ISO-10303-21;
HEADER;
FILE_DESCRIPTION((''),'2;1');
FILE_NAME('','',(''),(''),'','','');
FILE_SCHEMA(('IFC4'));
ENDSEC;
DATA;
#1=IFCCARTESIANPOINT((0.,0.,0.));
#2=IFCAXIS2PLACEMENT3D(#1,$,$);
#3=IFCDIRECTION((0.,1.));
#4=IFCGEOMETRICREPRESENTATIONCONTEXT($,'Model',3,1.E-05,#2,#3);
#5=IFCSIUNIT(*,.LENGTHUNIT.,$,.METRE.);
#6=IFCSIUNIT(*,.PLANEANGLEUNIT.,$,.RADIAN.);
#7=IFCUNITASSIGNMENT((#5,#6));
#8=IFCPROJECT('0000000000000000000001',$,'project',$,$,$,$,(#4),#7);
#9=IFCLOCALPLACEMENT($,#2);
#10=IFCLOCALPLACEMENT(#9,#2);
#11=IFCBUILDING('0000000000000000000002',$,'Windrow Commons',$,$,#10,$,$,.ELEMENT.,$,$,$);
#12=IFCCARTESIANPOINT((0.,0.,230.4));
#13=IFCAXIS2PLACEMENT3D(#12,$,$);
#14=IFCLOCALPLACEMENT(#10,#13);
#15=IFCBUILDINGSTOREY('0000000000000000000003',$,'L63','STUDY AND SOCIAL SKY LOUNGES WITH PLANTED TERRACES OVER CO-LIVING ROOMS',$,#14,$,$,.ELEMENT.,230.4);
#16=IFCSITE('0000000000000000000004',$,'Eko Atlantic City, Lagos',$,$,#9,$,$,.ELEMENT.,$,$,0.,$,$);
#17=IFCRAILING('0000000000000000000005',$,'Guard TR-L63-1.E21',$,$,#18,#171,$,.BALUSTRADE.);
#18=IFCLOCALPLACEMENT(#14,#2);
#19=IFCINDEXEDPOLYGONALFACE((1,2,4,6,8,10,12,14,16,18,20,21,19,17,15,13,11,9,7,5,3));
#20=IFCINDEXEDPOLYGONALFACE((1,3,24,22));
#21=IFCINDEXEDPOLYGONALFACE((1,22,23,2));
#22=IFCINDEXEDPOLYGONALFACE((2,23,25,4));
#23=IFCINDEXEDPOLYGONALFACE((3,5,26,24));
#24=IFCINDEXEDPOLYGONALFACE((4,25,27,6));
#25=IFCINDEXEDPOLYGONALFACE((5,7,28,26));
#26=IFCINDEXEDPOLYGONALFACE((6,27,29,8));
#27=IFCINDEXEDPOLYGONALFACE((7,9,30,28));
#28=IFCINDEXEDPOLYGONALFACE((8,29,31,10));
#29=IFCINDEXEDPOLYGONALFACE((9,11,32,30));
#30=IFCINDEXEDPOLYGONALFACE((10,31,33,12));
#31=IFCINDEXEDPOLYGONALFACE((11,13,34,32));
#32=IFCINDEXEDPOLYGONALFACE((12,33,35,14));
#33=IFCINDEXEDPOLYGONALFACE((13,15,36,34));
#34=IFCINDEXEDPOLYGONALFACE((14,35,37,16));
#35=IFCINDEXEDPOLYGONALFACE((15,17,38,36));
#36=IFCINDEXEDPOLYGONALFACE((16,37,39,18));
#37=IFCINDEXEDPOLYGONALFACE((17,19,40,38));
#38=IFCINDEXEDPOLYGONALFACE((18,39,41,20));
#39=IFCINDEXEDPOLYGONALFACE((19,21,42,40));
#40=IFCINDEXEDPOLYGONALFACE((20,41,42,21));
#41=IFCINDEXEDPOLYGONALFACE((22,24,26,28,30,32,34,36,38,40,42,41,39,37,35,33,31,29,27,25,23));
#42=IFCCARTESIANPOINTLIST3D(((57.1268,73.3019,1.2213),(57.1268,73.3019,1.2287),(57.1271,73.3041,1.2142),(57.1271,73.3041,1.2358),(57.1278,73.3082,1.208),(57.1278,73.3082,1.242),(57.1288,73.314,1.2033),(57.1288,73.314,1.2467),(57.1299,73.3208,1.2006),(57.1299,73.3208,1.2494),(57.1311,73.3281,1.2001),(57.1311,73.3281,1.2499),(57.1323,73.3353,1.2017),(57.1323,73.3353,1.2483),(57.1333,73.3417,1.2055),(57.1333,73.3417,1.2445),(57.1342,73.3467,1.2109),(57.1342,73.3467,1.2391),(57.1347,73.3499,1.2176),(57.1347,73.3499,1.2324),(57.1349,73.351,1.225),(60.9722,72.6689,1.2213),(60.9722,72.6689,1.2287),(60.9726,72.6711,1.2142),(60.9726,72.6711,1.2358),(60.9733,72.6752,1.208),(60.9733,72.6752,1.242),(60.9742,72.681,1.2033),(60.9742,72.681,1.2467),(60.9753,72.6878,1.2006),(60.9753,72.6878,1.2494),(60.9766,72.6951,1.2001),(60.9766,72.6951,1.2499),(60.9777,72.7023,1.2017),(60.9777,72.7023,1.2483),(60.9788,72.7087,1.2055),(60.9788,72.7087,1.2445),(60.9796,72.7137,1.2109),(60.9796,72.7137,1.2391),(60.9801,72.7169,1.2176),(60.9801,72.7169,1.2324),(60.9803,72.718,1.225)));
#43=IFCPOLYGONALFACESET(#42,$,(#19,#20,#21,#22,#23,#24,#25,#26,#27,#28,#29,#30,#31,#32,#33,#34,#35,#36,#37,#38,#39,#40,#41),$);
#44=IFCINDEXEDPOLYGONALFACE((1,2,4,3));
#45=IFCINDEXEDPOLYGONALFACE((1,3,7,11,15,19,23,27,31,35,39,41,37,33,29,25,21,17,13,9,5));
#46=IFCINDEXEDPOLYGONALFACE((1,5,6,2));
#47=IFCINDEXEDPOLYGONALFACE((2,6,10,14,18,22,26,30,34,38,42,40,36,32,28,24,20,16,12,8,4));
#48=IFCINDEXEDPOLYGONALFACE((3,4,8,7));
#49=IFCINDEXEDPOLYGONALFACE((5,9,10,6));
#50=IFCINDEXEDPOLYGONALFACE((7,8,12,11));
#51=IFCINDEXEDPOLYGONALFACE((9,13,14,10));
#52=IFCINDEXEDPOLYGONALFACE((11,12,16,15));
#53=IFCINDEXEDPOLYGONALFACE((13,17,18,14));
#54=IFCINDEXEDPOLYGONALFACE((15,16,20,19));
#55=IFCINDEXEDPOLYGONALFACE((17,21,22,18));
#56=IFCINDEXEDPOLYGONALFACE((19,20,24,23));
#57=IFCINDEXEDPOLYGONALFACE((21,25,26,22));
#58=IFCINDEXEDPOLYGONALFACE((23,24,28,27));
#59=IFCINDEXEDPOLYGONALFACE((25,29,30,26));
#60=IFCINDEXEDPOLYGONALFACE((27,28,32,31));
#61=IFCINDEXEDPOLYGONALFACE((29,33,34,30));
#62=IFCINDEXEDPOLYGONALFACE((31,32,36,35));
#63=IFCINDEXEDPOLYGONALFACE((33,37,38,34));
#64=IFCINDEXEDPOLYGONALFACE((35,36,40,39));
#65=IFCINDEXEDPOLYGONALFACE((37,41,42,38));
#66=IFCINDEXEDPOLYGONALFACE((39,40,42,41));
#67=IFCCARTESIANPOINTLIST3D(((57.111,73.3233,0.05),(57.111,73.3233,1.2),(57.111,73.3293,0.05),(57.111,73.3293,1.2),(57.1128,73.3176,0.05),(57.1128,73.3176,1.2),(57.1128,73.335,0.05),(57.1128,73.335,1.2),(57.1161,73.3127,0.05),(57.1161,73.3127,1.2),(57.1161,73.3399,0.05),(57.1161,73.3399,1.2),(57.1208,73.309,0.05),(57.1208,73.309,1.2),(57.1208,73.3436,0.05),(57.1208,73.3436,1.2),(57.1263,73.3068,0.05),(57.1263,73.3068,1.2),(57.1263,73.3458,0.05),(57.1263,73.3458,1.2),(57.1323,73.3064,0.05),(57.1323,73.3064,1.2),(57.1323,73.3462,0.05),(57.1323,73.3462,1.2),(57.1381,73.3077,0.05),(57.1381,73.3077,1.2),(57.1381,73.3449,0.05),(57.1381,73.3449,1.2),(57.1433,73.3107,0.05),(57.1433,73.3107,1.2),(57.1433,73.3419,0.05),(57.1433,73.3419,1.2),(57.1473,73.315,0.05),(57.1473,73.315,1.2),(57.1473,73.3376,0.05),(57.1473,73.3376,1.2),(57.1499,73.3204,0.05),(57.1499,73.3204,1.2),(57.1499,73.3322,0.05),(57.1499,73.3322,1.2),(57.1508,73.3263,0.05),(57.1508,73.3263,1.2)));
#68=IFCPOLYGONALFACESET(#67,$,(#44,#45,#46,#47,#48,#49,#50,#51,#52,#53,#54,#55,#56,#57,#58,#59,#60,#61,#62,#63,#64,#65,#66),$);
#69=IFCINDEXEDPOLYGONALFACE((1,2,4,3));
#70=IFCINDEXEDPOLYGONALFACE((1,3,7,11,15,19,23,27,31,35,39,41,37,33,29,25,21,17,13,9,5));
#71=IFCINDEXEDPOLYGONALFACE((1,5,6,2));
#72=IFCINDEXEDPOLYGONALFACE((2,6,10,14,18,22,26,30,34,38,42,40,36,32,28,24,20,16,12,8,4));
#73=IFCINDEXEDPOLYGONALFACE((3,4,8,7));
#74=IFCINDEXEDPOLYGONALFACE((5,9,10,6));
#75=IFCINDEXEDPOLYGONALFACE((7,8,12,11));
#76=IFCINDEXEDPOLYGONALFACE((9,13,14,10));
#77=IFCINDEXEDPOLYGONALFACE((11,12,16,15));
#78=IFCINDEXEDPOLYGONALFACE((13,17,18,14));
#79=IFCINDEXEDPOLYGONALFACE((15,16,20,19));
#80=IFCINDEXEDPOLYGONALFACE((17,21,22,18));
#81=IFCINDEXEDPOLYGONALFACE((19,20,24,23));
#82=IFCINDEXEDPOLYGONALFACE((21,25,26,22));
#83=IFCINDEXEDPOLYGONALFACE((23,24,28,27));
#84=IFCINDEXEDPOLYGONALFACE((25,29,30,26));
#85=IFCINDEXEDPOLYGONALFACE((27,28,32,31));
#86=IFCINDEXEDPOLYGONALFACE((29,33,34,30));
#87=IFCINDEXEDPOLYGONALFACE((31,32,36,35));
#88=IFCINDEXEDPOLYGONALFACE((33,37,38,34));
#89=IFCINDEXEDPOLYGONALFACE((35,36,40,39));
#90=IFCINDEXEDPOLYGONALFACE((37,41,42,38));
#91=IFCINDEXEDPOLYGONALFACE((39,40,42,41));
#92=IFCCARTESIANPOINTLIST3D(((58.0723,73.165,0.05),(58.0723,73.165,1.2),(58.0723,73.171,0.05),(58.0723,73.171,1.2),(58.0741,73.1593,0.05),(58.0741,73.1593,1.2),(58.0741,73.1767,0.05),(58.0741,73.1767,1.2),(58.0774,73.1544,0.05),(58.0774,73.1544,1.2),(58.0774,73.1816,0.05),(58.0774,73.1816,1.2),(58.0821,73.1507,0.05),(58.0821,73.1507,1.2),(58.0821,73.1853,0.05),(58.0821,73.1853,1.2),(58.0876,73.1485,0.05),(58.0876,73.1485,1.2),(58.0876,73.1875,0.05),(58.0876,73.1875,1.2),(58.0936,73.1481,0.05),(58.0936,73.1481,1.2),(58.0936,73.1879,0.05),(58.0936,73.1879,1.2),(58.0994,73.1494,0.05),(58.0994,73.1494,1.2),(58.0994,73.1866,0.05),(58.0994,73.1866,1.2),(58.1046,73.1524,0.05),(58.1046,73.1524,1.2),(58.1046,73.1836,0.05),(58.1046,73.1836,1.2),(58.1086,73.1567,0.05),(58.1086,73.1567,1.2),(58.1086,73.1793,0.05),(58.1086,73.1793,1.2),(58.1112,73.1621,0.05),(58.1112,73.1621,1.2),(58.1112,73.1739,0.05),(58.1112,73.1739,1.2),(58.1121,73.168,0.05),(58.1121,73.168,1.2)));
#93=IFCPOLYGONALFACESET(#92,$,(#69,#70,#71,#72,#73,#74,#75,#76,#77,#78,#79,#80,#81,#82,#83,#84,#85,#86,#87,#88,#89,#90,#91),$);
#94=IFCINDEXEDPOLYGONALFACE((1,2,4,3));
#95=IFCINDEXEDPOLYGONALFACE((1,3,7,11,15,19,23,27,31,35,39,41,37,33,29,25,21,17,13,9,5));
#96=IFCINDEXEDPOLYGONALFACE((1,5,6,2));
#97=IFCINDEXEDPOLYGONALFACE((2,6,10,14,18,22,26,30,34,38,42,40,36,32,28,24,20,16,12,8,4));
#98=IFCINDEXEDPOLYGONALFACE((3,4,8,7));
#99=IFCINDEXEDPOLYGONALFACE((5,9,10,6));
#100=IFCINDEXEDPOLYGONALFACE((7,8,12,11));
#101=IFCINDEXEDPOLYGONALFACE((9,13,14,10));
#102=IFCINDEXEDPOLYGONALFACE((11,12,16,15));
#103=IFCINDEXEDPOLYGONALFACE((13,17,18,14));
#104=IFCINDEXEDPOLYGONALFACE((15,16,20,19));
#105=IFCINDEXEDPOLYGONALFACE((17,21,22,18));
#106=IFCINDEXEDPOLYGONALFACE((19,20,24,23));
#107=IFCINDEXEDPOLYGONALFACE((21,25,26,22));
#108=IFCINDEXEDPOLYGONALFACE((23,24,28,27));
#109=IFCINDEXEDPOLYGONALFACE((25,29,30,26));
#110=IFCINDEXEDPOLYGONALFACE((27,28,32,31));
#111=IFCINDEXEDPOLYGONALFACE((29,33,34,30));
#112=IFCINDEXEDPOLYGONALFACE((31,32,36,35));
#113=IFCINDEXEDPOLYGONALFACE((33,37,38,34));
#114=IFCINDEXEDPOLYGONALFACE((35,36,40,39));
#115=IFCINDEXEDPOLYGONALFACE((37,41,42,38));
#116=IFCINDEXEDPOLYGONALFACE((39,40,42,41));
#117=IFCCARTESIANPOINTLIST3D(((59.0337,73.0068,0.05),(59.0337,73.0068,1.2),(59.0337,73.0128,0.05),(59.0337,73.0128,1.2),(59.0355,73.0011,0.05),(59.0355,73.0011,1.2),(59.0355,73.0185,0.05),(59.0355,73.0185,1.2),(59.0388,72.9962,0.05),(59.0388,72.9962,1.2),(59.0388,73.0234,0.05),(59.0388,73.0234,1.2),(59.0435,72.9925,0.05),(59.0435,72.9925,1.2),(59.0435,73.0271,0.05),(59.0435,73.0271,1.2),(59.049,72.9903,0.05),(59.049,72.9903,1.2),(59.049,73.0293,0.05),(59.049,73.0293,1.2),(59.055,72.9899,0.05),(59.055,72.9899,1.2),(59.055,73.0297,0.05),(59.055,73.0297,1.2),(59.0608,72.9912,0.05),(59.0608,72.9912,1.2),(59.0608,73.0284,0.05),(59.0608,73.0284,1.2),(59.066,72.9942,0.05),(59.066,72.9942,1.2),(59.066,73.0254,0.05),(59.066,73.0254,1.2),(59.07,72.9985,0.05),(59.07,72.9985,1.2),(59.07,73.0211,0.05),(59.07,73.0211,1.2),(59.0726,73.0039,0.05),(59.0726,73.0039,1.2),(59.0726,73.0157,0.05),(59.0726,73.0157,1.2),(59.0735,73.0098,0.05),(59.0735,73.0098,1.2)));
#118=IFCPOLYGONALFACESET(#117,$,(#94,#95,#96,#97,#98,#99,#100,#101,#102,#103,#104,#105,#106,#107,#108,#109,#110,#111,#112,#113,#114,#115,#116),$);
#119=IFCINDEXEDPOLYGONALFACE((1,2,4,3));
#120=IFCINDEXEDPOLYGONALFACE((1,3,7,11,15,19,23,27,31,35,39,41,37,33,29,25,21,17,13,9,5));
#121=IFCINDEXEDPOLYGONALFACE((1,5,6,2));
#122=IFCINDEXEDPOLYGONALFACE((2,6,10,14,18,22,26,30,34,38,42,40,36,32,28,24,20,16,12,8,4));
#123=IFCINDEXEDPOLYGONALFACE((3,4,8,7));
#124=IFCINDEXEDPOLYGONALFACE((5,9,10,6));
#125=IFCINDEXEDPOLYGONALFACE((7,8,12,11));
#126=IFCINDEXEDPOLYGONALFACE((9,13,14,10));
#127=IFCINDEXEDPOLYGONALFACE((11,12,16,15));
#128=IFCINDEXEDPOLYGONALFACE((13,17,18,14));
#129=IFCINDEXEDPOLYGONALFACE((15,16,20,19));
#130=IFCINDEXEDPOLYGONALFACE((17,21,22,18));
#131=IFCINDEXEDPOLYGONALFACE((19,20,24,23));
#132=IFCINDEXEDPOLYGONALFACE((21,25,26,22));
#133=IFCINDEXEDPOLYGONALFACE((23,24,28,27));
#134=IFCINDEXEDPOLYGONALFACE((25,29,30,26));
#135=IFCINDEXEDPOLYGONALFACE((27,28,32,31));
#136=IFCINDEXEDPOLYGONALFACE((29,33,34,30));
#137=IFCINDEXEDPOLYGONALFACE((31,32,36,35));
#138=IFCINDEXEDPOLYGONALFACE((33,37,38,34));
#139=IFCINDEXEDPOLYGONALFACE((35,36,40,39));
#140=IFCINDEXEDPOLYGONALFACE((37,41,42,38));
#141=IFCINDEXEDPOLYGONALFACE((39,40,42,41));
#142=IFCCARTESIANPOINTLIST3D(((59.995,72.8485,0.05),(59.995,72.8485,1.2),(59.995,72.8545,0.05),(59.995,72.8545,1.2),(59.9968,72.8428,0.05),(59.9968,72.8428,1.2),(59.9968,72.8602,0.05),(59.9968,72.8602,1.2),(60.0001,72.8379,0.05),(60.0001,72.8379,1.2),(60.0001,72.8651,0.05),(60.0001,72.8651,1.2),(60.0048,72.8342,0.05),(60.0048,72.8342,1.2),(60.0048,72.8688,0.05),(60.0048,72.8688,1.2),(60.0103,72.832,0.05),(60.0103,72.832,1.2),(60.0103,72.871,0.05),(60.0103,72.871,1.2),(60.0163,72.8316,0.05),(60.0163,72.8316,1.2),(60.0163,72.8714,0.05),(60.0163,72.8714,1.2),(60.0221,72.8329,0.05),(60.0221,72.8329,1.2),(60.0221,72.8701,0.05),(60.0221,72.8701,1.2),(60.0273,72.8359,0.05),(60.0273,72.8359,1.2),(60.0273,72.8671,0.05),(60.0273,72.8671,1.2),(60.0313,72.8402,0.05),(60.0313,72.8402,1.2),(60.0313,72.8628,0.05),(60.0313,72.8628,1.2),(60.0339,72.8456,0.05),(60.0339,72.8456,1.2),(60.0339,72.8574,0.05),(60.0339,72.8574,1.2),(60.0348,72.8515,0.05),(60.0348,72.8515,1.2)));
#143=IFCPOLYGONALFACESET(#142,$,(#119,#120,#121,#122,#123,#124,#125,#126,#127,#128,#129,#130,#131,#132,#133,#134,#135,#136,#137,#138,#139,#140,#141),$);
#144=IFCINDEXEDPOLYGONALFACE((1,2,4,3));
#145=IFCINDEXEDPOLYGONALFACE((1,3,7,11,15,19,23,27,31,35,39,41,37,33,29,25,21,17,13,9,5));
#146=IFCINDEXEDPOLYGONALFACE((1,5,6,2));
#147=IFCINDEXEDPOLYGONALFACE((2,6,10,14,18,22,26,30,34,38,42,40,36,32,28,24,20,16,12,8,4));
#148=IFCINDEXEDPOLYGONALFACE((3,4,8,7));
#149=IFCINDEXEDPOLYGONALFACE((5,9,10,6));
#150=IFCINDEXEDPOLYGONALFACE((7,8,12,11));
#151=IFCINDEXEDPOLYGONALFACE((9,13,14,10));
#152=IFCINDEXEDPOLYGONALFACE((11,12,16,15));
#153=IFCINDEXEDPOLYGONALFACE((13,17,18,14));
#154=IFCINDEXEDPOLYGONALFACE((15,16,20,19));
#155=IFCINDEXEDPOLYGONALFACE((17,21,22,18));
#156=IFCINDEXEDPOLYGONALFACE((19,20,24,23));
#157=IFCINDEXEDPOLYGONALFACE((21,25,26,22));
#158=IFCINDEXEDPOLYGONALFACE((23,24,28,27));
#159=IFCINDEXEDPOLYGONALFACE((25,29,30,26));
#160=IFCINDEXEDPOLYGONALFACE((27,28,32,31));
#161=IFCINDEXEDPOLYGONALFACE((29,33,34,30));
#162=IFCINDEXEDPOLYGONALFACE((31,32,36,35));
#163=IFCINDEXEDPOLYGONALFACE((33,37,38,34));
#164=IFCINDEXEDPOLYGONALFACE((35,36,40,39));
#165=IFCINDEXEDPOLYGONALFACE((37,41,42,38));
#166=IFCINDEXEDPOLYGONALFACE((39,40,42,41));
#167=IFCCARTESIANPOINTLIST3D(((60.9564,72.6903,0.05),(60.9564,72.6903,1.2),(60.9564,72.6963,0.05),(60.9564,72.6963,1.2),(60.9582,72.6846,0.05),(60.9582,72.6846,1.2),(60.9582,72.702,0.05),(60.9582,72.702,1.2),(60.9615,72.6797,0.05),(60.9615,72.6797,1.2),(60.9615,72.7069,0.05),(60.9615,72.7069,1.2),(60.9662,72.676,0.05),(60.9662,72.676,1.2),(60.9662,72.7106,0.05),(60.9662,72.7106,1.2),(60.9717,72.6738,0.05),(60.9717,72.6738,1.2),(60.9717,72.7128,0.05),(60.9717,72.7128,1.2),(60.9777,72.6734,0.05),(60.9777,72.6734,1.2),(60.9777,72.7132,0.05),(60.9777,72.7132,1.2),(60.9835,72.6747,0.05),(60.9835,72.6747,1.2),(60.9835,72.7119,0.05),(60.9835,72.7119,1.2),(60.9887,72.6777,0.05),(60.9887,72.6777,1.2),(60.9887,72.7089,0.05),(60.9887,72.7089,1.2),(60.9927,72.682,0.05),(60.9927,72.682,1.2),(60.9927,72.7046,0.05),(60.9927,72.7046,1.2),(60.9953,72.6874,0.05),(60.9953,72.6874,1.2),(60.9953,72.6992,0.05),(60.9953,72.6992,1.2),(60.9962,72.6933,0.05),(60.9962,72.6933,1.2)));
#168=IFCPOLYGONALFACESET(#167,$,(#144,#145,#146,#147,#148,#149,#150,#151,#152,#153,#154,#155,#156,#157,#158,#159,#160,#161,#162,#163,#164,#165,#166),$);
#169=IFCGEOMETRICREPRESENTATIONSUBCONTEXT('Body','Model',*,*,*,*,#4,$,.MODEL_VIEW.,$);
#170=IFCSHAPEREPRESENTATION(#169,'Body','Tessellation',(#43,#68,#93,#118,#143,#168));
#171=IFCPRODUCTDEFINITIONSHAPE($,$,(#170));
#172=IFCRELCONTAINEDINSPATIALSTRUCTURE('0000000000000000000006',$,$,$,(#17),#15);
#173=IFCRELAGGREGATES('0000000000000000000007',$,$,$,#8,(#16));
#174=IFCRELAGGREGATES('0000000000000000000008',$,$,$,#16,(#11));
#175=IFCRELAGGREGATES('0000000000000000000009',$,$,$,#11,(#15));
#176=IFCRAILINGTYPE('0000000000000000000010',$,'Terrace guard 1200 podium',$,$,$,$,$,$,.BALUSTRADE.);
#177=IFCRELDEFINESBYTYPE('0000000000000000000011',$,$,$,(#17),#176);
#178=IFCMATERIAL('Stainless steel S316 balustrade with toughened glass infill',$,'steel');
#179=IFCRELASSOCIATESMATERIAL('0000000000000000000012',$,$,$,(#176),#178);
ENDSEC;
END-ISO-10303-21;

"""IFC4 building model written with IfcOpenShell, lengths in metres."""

from ifc_helpers import new_model, si_unit, direction, frame, origin, origin_2d, place, context, subcontext, project, spatial, circle, extrude, material, type_object, element, save


model = new_model("IFC4")

# Units and contexts
model_context = context("Model", 3, precision=1e-05, world=origin(), true_north=direction((0.0, 1.0)))
body_context = subcontext(model_context, "Body", "Model", "MODEL_VIEW")
ifc_project = project(units=[si_unit("LENGTHUNIT", "METRE"), si_unit("PLANEANGLEUNIT", "RADIAN")], contexts=[model_context])

# Site, building, storey
site_placement = place(None, origin())
site = spatial("IfcSite", under=ifc_project, at=site_placement, Name="Eko Atlantic City, Lagos", CompositionType="ELEMENT", RefElevation=0.0)
building_placement = place(site_placement, origin())
building = spatial("IfcBuilding", under=site, at=building_placement, Name="Windrow Commons", CompositionType="ELEMENT")
storey_placement = place(building_placement, frame((0.0, 0.0, 230.4)))
storey = spatial("IfcBuildingStorey", under=building, at=storey_placement, Name="L63", Description="STUDY AND SOCIAL SKY LOUNGES WITH PLANTED TERRACES OVER CO-LIVING ROOMS", CompositionType="ELEMENT", Elevation=230.4)

# Railing
ifc_material_1 = material(Name="Stainless steel S316 balustrade with toughened glass infill", Category="steel")
railing_type_1 = type_object("IfcRailingType", Name="Terrace guard 1200 podium", PredefinedType="BALUSTRADE", material=ifc_material_1)
railing_1_placement = place(storey_placement, frame((57.1308, 73.3263, 0.05)))
element("IfcRailing", 1, at=railing_1_placement, inside=storey, type_object=railing_type_1, Name="Guard TR-L63-1.E21", PredefinedType="BALUSTRADE", context=body_context, shape_type="SweptSolid", body=[
    extrude(circle(Radius=0.025, at=origin_2d()), frame((0.0, 0.0, 1.175), z_axis=(0.986721, -0.162426, 0.0), x_axis=(0.162426, 0.986721, 0.0)), (0.0, 0.0, 1.0), 3.8972),
    extrude(circle(Radius=0.02, at=origin_2d()), origin(), (0.0, 0.0, 1.0), 1.15),
    extrude(circle(Radius=0.02, at=origin_2d()), frame((0.9613, -0.1583, 0.0)), (0.0, 0.0, 1.0), 1.15),
    extrude(circle(Radius=0.02, at=origin_2d()), frame((1.9227, -0.3165, 0.0)), (0.0, 0.0, 1.0), 1.15),
    extrude(circle(Radius=0.02, at=origin_2d()), frame((2.884, -0.4748, 0.0)), (0.0, 0.0, 1.0), 1.15),
    extrude(circle(Radius=0.02, at=origin_2d()), frame((3.8454, -0.633, 0.0)), (0.0, 0.0, 1.0), 1.15),
])

save(model, "model.ifc")
